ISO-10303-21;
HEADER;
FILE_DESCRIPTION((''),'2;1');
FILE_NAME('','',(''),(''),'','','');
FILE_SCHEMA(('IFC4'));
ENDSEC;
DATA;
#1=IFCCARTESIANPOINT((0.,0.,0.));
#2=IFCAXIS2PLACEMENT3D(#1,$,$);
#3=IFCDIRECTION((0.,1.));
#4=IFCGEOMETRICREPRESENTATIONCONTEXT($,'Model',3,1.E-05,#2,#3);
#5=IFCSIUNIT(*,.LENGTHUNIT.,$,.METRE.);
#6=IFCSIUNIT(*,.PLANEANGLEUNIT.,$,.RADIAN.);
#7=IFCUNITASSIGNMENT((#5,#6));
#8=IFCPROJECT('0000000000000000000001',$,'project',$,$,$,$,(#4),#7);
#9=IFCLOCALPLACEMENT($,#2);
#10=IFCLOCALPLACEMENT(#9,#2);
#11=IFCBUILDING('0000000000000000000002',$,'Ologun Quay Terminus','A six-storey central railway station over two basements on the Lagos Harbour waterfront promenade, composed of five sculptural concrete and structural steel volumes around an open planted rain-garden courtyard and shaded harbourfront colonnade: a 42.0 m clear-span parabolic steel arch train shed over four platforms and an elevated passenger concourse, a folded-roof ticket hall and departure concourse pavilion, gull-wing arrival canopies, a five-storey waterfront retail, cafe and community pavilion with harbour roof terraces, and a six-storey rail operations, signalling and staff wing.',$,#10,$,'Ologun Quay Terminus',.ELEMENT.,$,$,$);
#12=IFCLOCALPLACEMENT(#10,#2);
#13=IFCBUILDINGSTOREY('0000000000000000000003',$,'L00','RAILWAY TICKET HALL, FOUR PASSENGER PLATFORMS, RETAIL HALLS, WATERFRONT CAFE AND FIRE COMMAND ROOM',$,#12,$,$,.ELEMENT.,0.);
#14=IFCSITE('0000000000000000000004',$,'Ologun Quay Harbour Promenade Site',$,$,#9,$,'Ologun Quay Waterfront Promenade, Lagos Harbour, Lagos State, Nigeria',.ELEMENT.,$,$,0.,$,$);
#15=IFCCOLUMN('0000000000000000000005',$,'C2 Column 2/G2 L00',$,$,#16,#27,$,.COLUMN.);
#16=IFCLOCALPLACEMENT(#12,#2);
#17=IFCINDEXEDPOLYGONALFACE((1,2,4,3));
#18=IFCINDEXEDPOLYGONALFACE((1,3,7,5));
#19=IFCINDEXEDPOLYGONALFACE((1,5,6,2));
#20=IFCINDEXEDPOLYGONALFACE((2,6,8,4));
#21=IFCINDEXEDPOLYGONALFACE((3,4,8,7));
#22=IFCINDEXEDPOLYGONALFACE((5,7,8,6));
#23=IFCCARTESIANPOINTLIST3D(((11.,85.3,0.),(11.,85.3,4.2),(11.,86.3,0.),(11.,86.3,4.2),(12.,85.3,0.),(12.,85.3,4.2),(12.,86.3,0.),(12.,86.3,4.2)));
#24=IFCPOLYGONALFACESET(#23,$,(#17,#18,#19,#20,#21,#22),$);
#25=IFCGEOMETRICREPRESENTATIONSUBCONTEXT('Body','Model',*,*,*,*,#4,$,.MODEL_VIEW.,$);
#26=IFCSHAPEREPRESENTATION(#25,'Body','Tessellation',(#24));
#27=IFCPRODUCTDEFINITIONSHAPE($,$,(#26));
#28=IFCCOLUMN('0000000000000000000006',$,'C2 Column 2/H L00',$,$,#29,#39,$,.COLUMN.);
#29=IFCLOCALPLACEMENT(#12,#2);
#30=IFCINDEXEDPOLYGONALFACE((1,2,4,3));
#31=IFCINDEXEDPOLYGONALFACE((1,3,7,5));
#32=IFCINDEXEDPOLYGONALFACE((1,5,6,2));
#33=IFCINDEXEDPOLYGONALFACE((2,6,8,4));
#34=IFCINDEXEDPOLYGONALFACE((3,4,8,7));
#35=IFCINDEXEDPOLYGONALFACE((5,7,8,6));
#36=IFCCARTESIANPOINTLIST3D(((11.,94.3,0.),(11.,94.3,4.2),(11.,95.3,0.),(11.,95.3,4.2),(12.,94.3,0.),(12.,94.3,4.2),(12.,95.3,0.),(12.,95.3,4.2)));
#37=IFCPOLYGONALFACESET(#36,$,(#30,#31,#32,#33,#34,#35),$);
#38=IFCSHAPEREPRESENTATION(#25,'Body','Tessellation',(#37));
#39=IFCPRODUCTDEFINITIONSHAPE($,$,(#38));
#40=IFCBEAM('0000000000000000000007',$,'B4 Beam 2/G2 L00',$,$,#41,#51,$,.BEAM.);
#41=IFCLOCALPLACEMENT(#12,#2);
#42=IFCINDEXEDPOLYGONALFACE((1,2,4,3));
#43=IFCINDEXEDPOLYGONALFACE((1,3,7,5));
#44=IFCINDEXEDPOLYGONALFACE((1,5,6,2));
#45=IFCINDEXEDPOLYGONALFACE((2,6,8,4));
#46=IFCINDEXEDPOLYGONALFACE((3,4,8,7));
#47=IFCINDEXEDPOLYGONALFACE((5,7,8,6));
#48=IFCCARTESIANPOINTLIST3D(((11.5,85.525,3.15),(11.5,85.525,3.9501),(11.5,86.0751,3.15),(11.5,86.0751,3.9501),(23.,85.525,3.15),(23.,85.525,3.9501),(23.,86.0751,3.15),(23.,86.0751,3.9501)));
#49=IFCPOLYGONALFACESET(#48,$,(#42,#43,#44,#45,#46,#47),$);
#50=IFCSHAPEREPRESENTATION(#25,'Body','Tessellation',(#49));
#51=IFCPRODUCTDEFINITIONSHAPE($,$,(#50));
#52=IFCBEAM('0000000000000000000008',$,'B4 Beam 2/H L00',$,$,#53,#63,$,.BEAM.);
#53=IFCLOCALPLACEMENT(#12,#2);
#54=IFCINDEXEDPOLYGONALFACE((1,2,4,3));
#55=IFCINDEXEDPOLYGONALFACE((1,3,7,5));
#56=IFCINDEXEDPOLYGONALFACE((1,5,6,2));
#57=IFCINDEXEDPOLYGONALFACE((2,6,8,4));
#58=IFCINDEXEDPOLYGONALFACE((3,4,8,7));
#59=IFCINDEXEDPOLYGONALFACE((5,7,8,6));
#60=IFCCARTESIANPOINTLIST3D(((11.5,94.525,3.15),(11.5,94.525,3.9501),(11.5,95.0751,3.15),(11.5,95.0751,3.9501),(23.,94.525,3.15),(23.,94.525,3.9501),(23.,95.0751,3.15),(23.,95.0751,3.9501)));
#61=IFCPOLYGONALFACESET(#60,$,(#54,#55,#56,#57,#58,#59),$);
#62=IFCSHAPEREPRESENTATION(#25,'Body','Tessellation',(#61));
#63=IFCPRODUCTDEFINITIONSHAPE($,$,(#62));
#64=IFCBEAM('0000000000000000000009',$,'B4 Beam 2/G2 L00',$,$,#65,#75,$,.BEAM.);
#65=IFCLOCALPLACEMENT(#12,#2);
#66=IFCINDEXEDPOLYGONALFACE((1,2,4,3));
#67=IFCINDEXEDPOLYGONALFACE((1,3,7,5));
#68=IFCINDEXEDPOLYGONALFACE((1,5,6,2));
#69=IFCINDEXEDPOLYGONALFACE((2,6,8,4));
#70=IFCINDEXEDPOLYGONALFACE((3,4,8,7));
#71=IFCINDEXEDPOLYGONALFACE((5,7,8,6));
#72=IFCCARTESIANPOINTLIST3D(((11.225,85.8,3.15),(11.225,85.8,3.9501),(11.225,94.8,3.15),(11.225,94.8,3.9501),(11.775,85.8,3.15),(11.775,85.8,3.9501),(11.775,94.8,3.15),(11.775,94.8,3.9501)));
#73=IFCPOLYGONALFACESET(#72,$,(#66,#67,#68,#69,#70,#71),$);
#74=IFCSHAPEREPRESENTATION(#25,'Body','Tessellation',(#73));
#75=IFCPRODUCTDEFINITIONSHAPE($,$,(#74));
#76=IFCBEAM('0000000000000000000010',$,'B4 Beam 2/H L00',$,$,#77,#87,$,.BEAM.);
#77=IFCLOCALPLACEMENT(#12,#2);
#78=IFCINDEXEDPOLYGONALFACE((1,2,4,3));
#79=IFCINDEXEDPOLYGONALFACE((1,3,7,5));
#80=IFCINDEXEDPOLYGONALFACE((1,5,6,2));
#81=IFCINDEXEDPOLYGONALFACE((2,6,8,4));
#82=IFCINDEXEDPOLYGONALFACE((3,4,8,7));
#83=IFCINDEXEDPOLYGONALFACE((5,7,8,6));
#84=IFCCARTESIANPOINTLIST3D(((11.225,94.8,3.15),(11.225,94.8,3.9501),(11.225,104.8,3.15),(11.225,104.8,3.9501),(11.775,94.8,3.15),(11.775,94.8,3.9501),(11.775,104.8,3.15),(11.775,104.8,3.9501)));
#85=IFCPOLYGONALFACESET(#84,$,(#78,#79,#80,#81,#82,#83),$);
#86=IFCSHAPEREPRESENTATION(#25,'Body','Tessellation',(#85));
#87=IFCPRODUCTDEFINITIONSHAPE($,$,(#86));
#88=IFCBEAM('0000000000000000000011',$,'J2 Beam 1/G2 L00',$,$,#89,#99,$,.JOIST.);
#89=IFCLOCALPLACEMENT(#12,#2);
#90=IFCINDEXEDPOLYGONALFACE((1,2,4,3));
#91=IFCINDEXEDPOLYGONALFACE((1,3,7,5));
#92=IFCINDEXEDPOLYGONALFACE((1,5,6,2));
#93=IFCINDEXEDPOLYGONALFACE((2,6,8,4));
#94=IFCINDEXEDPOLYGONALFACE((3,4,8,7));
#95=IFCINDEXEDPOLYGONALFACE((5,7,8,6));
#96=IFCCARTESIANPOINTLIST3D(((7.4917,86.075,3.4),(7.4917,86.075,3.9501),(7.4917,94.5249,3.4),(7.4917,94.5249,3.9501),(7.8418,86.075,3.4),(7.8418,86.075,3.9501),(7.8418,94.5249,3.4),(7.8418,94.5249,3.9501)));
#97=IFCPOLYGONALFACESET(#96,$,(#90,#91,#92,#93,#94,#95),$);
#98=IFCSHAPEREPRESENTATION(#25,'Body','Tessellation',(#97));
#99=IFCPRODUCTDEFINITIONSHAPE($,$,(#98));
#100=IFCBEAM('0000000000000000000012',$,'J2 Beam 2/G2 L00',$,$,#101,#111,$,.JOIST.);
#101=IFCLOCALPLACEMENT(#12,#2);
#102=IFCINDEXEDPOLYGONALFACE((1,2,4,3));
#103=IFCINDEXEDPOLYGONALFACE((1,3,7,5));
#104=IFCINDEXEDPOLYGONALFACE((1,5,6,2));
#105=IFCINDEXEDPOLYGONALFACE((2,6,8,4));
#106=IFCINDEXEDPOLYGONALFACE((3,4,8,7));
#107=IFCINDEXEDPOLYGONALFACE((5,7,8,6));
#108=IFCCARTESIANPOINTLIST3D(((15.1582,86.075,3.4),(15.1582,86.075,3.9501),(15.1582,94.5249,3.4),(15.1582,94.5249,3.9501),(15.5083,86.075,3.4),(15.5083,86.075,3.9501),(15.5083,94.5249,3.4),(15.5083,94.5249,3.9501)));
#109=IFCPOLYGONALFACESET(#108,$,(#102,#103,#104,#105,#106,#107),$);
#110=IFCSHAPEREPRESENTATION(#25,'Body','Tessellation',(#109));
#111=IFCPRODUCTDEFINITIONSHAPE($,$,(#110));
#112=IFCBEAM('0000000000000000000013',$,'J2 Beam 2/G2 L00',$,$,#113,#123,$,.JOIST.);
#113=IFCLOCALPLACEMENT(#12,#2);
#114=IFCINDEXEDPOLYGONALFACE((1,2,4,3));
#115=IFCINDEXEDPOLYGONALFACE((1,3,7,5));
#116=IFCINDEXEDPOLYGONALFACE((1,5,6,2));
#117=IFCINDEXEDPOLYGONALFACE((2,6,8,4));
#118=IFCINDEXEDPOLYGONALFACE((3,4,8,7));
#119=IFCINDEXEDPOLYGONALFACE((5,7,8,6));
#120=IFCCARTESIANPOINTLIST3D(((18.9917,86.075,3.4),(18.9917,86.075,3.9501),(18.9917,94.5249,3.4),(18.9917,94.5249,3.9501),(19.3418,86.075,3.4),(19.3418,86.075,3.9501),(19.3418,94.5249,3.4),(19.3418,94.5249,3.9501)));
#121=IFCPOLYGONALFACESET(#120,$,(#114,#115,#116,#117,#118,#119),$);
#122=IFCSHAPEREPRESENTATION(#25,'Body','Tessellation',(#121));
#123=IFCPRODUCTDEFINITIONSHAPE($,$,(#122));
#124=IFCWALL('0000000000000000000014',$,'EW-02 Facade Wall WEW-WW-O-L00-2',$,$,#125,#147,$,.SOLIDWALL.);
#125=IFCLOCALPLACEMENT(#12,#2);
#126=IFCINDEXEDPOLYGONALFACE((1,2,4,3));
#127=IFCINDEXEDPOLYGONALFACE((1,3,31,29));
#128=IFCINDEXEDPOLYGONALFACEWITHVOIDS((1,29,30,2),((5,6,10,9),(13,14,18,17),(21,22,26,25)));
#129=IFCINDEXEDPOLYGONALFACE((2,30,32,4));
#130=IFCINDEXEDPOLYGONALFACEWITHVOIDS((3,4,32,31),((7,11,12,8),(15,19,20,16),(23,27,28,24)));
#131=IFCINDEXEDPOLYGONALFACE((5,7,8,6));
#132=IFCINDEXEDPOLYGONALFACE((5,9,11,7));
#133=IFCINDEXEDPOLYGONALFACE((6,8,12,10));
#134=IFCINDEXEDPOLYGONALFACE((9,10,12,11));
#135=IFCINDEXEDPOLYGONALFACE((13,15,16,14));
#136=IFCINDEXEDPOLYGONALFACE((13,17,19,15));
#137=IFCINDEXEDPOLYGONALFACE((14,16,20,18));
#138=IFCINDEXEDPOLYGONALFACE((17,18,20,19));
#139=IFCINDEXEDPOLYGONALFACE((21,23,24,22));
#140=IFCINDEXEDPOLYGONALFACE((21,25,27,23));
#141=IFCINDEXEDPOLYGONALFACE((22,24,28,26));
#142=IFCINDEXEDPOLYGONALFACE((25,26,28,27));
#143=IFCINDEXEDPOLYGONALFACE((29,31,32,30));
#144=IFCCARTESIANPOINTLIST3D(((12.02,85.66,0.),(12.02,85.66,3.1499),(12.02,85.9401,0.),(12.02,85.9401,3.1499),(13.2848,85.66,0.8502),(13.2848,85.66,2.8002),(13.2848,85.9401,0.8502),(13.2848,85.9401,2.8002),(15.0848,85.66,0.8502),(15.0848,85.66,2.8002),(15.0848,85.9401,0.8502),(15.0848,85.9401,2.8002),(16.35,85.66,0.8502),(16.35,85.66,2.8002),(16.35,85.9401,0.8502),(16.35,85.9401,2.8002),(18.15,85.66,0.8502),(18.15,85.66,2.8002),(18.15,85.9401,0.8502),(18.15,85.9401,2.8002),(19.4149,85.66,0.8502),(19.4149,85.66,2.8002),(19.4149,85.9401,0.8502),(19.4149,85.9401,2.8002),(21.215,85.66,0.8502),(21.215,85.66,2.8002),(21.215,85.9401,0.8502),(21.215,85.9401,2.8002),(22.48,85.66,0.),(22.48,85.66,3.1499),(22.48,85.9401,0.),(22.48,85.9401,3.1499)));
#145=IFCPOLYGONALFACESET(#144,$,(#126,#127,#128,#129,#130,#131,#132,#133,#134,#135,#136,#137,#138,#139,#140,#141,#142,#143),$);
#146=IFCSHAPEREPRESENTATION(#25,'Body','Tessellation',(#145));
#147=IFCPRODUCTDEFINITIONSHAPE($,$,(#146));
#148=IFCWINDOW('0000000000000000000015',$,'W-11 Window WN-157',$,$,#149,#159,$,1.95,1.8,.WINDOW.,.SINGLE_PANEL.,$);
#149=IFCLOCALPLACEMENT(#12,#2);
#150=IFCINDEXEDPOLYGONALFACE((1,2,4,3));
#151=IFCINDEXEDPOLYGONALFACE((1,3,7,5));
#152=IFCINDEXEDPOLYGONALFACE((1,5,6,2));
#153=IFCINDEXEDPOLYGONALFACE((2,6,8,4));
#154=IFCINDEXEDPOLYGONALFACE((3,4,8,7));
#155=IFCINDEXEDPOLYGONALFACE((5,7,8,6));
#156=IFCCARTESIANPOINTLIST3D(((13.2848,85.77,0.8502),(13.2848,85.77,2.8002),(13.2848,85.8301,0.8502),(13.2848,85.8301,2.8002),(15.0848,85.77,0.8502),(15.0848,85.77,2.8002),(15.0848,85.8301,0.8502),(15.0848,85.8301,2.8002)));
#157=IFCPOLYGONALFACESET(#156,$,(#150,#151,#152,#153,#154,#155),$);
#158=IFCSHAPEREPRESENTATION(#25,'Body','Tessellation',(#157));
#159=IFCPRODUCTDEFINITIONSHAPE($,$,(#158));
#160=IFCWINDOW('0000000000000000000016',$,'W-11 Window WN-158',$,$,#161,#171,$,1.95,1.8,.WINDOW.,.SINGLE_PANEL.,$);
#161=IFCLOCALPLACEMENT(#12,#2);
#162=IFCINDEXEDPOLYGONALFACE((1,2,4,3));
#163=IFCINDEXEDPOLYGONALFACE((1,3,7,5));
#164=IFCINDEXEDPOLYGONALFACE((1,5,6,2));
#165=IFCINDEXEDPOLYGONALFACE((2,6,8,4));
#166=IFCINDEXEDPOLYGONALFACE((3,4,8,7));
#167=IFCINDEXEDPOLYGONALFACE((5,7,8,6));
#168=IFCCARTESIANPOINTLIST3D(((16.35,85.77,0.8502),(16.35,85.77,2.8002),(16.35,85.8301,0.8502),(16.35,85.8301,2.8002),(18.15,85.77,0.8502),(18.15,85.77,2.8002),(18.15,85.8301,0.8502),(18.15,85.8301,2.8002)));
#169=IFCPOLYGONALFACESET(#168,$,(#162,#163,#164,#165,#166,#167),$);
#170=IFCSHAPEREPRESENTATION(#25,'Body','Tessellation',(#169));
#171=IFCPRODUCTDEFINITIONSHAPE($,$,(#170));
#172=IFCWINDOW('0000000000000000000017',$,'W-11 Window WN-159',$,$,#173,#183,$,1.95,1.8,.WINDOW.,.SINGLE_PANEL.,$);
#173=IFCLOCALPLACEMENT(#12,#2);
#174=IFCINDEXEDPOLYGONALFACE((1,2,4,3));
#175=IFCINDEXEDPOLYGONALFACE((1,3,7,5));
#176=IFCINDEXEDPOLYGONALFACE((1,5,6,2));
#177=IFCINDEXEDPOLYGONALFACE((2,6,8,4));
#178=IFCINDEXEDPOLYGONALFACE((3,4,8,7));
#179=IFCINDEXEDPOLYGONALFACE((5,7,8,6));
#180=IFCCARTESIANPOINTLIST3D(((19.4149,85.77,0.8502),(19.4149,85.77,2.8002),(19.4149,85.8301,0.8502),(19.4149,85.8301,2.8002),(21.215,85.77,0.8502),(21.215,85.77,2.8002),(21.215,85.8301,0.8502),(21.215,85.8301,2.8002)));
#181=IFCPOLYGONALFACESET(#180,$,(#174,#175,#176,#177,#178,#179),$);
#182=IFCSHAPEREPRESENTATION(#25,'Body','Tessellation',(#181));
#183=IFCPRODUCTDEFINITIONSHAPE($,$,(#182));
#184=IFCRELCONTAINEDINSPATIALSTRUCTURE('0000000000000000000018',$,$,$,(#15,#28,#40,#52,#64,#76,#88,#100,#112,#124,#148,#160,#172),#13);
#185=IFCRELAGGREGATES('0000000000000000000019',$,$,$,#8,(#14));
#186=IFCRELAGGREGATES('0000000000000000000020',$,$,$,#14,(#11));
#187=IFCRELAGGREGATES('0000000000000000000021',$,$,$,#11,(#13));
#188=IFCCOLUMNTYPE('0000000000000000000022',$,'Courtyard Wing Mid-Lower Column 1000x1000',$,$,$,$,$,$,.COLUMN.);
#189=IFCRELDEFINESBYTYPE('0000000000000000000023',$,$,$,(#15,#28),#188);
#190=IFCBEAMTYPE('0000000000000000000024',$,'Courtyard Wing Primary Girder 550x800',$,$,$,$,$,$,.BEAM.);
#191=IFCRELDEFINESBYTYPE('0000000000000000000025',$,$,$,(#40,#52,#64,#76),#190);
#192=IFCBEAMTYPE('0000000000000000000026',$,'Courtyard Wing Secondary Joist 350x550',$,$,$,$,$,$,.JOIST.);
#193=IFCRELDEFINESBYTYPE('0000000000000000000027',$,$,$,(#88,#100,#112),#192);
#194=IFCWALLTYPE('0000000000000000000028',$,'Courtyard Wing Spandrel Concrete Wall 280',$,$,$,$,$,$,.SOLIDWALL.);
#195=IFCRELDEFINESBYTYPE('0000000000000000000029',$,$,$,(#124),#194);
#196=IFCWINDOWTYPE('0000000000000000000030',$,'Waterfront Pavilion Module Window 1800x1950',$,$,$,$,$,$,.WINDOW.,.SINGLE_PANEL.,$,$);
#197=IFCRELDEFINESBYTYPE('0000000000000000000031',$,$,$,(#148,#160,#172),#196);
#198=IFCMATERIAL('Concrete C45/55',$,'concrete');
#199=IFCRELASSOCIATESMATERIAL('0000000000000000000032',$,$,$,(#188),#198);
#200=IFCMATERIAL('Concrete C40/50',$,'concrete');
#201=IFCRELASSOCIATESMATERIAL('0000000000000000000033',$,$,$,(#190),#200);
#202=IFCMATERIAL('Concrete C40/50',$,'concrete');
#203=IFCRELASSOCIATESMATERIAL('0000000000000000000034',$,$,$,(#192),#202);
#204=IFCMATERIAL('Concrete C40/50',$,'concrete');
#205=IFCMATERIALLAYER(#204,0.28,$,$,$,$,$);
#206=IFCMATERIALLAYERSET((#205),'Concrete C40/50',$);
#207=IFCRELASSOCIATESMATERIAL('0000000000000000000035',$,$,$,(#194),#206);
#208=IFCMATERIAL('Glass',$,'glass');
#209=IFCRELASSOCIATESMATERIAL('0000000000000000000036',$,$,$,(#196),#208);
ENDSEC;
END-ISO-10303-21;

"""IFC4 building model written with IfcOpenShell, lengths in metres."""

from ifc_helpers import new_model, si_unit, direction, frame, frame_2d, origin, origin_2d, place, context, subcontext, project, spatial, rectangle, extrude, material, layer, layer_set, material_profile, profile_set, type_object, element, fill, save


model = new_model("IFC4")

# Units and contexts
model_context = context("Model", 3, precision=1e-05, world=origin(), true_north=direction((0.0, 1.0)))
body_context = subcontext(model_context, "Body", "Model", "MODEL_VIEW")
ifc_project = project(units=[si_unit("LENGTHUNIT", "METRE"), si_unit("PLANEANGLEUNIT", "RADIAN")], contexts=[model_context])

# Site, building, storey
site_placement = place(None, origin())
site = spatial("IfcSite", under=ifc_project, at=site_placement, Name="Ologun Quay Harbour Promenade Site", LongName="Ologun Quay Waterfront Promenade, Lagos Harbour, Lagos State, Nigeria", CompositionType="ELEMENT", RefElevation=0.0)
building_placement = place(site_placement, origin())
building = spatial("IfcBuilding", under=site, at=building_placement, Name="Ologun Quay Terminus", Description="A six-storey central railway station over two basements on the Lagos Harbour waterfront promenade, composed of five sculptural concrete and structural steel volumes around an open planted rain-garden courtyard and shaded harbourfront colonnade: a 42.0 m clear-span parabolic steel arch train shed over four platforms and an elevated passenger concourse, a folded-roof ticket hall and departure concourse pavilion, gull-wing arrival canopies, a five-storey waterfront retail, cafe and community pavilion with harbour roof terraces, and a six-storey rail operations, signalling and staff wing.", LongName="Ologun Quay Terminus", CompositionType="ELEMENT")
storey_placement = place(building_placement, origin())
storey = spatial("IfcBuildingStorey", under=building, at=storey_placement, Name="L00", Description="RAILWAY TICKET HALL, FOUR PASSENGER PLATFORMS, RETAIL HALLS, WATERFRONT CAFE AND FIRE COMMAND ROOM", CompositionType="ELEMENT", Elevation=0.0)

# Columns
ifc_material_1 = material(Name="Concrete C45/55", Category="concrete")
ifc_material_profile_1 = material_profile(ifc_material_1, rectangle(XDim=1.0, YDim=1.0, at=origin_2d()), Name="RC 1000x1000")
ifc_profile_set_1 = profile_set([ifc_material_profile_1], Name="Concrete C45/55")
column_type = type_object("IfcColumnType", Name="Courtyard Wing Mid-Lower Column 1000x1000", PredefinedType="COLUMN", material=ifc_profile_set_1)
for number, where, z_axis, x_axis, name in (
    (1, (11.5, 85.8, 0.0), (0.0, 0.0, 1.0), (1.0, 0.0, 0.0), "C2 Column 2/G2 L00"),
    (2, (11.5, 94.8, 0.0), (0.0, 0.0, 1.0), (1.0, 0.0, 0.0), "C2 Column 2/H L00"),
):
    element("IfcColumn", number, at=place(storey_placement, frame(where, z_axis=z_axis, x_axis=x_axis)), inside=storey, type_object=column_type, Name=name, PredefinedType="COLUMN", context=body_context, shape_type="SweptSolid", body=[
        extrude(rectangle(XDim=1.0, YDim=1.0, at=origin_2d()), origin(), (0.0, 0.0, 1.0), 4.2),
    ])

# Beams
ifc_material_2 = material(Name="Concrete C40/50", Category="concrete")
ifc_material_profile_2 = material_profile(ifc_material_2, rectangle(XDim=0.55, YDim=0.8, at=origin_2d()), Name="RC 550x800")
ifc_profile_set_2 = profile_set([ifc_material_profile_2], Name="Concrete C40/50")
beam_type_1 = type_object("IfcBeamType", Name="Courtyard Wing Primary Girder 550x800", PredefinedType="BEAM", material=ifc_profile_set_2)
for number, where, z_axis, x_axis, name in (
    (3, (11.5, 85.8, 3.55), (1.0, 0.0, 0.0), (0.0, 1.0, 0.0), "B4 Beam 2/G2 L00"),
    (4, (11.5, 94.8, 3.55), (1.0, 0.0, 0.0), (0.0, 1.0, 0.0), "B4 Beam 2/H L00"),
):
    element("IfcBeam", number, at=place(storey_placement, frame(where, z_axis=z_axis, x_axis=x_axis)), inside=storey, type_object=beam_type_1, Name=name, PredefinedType="BEAM", context=body_context, shape_type="SweptSolid", body=[
        extrude(rectangle(XDim=0.55, YDim=0.8, at=origin_2d()), origin(), (0.0, 0.0, 1.0), 11.5),
    ])
beam_1_placement = place(storey_placement, frame((11.5, 85.8, 3.55), z_axis=(0.0, 1.0, 0.0), x_axis=(-1.0, 0.0, 0.0)))
element("IfcBeam", 5, at=beam_1_placement, inside=storey, type_object=beam_type_1, Name="B4 Beam 2/G2 L00", PredefinedType="BEAM", context=body_context, shape_type="SweptSolid", body=[
    extrude(rectangle(XDim=0.55, YDim=0.8, at=origin_2d()), origin(), (0.0, 0.0, 1.0), 9.0),
])
beam_2_placement = place(storey_placement, frame((11.5, 94.8, 3.55), z_axis=(0.0, 1.0, 0.0), x_axis=(-1.0, 0.0, 0.0)))
element("IfcBeam", 6, at=beam_2_placement, inside=storey, type_object=beam_type_1, Name="B4 Beam 2/H L00", PredefinedType="BEAM", context=body_context, shape_type="SweptSolid", body=[
    extrude(rectangle(XDim=0.55, YDim=0.8, at=origin_2d()), origin(), (0.0, 0.0, 1.0), 10.0),
])
ifc_material_3 = material(Name="Concrete C40/50", Category="concrete")
ifc_material_profile_3 = material_profile(ifc_material_3, rectangle(XDim=0.3501, YDim=0.55, at=origin_2d()), Name="RC 350x550")
ifc_profile_set_3 = profile_set([ifc_material_profile_3], Name="Concrete C40/50")
beam_type_2 = type_object("IfcBeamType", Name="Courtyard Wing Secondary Joist 350x550", PredefinedType="JOIST", material=ifc_profile_set_3)
for number, where, z_axis, x_axis, name in (
    (7, (7.6667, 86.075, 3.675), (0.0, 1.0, 0.0), (-1.0, 0.0, 0.0), "J2 Beam 1/G2 L00"),
    (8, (15.3333, 86.075, 3.675), (0.0, 1.0, 0.0), (-1.0, 0.0, 0.0), "J2 Beam 2/G2 L00"),
    (9, (19.1667, 86.075, 3.675), (0.0, 1.0, 0.0), (-1.0, 0.0, 0.0), "J2 Beam 2/G2 L00"),
):
    element("IfcBeam", number, at=place(storey_placement, frame(where, z_axis=z_axis, x_axis=x_axis)), inside=storey, type_object=beam_type_2, Name=name, PredefinedType="JOIST", context=body_context, shape_type="SweptSolid", body=[
        extrude(rectangle(XDim=0.3501, YDim=0.55, at=origin_2d()), origin(), (0.0, 0.0, 1.0), 8.45),
    ])

# Wall, openings, windows
ifc_material_4 = material(Name="Concrete C40/50", Category="concrete")
ifc_layer_1 = layer(ifc_material_4, 0.28)
ifc_layer_set_1 = layer_set([ifc_layer_1], Name="Concrete C40/50")
wall_type_1 = type_object("IfcWallType", Name="Courtyard Wing Spandrel Concrete Wall 280", PredefinedType="SOLIDWALL", material=ifc_layer_set_1)
wall_1_placement = place(storey_placement, frame((12.02, 85.8, 0.0), z_axis=(0.0, 0.0, 1.0), x_axis=(1.0, 0.0, 0.0)))
wall_1 = element("IfcWall", 10, at=wall_1_placement, inside=storey, type_object=wall_type_1, Name="EW-02 Facade Wall WEW-WW-O-L00-2", PredefinedType="SOLIDWALL", context=body_context, shape_type="SweptSolid", body=[
    extrude(rectangle(XDim=10.46, YDim=0.28, at=frame_2d((5.23, 0.0))), origin(), (0.0, 0.0, 1.0), 3.1499),
])
opening_1_placement = place(wall_1_placement, frame((1.2649, 0.0, 0.8501)))
opening_1 = element("IfcOpeningElement", 11, at=opening_1_placement, cuts=wall_1, PredefinedType="OPENING", context=body_context, shape_type="SweptSolid", body=[
    extrude(rectangle(XDim=1.8, YDim=1.95, at=frame_2d((0.8999, 0.9751))), frame((0.0, 0.1499, 0.0), z_axis=(0.0, -1.0, 0.0), x_axis=(1.0, 0.0, 0.0)), (0.0, 0.0, 1.0), 0.3),
])
opening_2_placement = place(wall_1_placement, frame((4.3301, 0.0, 0.8501)))
opening_2 = element("IfcOpeningElement", 12, at=opening_2_placement, cuts=wall_1, PredefinedType="OPENING", context=body_context, shape_type="SweptSolid", body=[
    extrude(rectangle(XDim=1.8, YDim=1.95, at=frame_2d((0.8999, 0.9751))), frame((0.0, 0.1499, 0.0), z_axis=(0.0, -1.0, 0.0), x_axis=(1.0, 0.0, 0.0)), (0.0, 0.0, 1.0), 0.3),
])
opening_3_placement = place(wall_1_placement, frame((7.395, 0.0, 0.8501)))
opening_3 = element("IfcOpeningElement", 13, at=opening_3_placement, cuts=wall_1, PredefinedType="OPENING", context=body_context, shape_type="SweptSolid", body=[
    extrude(rectangle(XDim=1.8, YDim=1.95, at=frame_2d((0.8999, 0.9751))), frame((0.0, 0.1499, 0.0), z_axis=(0.0, -1.0, 0.0), x_axis=(1.0, 0.0, 0.0)), (0.0, 0.0, 1.0), 0.3),
])
ifc_material_5 = material(Name="Glass", Category="glass")
window_type = type_object("IfcWindowType", Name="Waterfront Pavilion Module Window 1800x1950", PartitioningType="SINGLE_PANEL", PredefinedType="WINDOW", material=ifc_material_5)
window_1_placement = place(opening_1_placement, origin())
window_1 = element("IfcWindow", 14, at=window_1_placement, inside=storey, type_object=window_type, Name="W-11 Window WN-157", OverallHeight=1.95, OverallWidth=1.8, PartitioningType="SINGLE_PANEL", PredefinedType="WINDOW", context=body_context, shape_type="SweptSolid", body=[
    extrude(rectangle(XDim=1.8, YDim=1.95, at=frame_2d((0.8999, 0.9751))), frame((0.0, 0.03, 0.0), z_axis=(0.0, -1.0, 0.0), x_axis=(1.0, 0.0, 0.0)), (0.0, 0.0, 1.0), 0.0601),
])
fill(opening_1, window_1)
window_2_placement = place(opening_2_placement, origin())
window_2 = element("IfcWindow", 15, at=window_2_placement, inside=storey, type_object=window_type, Name="W-11 Window WN-158", OverallHeight=1.95, OverallWidth=1.8, PartitioningType="SINGLE_PANEL", PredefinedType="WINDOW", context=body_context, shape_type="SweptSolid", body=[
    extrude(rectangle(XDim=1.8, YDim=1.95, at=frame_2d((0.8999, 0.9751))), frame((0.0, 0.03, 0.0), z_axis=(0.0, -1.0, 0.0), x_axis=(1.0, 0.0, 0.0)), (0.0, 0.0, 1.0), 0.0601),
])
fill(opening_2, window_2)
window_3_placement = place(opening_3_placement, origin())
window_3 = element("IfcWindow", 16, at=window_3_placement, inside=storey, type_object=window_type, Name="W-11 Window WN-159", OverallHeight=1.95, OverallWidth=1.8, PartitioningType="SINGLE_PANEL", PredefinedType="WINDOW", context=body_context, shape_type="SweptSolid", body=[
    extrude(rectangle(XDim=1.8, YDim=1.95, at=frame_2d((0.8999, 0.9751))), frame((0.0, 0.03, 0.0), z_axis=(0.0, -1.0, 0.0), x_axis=(1.0, 0.0, 0.0)), (0.0, 0.0, 1.0), 0.0601),
])
fill(opening_3, window_3)

save(model, "model.ifc")
